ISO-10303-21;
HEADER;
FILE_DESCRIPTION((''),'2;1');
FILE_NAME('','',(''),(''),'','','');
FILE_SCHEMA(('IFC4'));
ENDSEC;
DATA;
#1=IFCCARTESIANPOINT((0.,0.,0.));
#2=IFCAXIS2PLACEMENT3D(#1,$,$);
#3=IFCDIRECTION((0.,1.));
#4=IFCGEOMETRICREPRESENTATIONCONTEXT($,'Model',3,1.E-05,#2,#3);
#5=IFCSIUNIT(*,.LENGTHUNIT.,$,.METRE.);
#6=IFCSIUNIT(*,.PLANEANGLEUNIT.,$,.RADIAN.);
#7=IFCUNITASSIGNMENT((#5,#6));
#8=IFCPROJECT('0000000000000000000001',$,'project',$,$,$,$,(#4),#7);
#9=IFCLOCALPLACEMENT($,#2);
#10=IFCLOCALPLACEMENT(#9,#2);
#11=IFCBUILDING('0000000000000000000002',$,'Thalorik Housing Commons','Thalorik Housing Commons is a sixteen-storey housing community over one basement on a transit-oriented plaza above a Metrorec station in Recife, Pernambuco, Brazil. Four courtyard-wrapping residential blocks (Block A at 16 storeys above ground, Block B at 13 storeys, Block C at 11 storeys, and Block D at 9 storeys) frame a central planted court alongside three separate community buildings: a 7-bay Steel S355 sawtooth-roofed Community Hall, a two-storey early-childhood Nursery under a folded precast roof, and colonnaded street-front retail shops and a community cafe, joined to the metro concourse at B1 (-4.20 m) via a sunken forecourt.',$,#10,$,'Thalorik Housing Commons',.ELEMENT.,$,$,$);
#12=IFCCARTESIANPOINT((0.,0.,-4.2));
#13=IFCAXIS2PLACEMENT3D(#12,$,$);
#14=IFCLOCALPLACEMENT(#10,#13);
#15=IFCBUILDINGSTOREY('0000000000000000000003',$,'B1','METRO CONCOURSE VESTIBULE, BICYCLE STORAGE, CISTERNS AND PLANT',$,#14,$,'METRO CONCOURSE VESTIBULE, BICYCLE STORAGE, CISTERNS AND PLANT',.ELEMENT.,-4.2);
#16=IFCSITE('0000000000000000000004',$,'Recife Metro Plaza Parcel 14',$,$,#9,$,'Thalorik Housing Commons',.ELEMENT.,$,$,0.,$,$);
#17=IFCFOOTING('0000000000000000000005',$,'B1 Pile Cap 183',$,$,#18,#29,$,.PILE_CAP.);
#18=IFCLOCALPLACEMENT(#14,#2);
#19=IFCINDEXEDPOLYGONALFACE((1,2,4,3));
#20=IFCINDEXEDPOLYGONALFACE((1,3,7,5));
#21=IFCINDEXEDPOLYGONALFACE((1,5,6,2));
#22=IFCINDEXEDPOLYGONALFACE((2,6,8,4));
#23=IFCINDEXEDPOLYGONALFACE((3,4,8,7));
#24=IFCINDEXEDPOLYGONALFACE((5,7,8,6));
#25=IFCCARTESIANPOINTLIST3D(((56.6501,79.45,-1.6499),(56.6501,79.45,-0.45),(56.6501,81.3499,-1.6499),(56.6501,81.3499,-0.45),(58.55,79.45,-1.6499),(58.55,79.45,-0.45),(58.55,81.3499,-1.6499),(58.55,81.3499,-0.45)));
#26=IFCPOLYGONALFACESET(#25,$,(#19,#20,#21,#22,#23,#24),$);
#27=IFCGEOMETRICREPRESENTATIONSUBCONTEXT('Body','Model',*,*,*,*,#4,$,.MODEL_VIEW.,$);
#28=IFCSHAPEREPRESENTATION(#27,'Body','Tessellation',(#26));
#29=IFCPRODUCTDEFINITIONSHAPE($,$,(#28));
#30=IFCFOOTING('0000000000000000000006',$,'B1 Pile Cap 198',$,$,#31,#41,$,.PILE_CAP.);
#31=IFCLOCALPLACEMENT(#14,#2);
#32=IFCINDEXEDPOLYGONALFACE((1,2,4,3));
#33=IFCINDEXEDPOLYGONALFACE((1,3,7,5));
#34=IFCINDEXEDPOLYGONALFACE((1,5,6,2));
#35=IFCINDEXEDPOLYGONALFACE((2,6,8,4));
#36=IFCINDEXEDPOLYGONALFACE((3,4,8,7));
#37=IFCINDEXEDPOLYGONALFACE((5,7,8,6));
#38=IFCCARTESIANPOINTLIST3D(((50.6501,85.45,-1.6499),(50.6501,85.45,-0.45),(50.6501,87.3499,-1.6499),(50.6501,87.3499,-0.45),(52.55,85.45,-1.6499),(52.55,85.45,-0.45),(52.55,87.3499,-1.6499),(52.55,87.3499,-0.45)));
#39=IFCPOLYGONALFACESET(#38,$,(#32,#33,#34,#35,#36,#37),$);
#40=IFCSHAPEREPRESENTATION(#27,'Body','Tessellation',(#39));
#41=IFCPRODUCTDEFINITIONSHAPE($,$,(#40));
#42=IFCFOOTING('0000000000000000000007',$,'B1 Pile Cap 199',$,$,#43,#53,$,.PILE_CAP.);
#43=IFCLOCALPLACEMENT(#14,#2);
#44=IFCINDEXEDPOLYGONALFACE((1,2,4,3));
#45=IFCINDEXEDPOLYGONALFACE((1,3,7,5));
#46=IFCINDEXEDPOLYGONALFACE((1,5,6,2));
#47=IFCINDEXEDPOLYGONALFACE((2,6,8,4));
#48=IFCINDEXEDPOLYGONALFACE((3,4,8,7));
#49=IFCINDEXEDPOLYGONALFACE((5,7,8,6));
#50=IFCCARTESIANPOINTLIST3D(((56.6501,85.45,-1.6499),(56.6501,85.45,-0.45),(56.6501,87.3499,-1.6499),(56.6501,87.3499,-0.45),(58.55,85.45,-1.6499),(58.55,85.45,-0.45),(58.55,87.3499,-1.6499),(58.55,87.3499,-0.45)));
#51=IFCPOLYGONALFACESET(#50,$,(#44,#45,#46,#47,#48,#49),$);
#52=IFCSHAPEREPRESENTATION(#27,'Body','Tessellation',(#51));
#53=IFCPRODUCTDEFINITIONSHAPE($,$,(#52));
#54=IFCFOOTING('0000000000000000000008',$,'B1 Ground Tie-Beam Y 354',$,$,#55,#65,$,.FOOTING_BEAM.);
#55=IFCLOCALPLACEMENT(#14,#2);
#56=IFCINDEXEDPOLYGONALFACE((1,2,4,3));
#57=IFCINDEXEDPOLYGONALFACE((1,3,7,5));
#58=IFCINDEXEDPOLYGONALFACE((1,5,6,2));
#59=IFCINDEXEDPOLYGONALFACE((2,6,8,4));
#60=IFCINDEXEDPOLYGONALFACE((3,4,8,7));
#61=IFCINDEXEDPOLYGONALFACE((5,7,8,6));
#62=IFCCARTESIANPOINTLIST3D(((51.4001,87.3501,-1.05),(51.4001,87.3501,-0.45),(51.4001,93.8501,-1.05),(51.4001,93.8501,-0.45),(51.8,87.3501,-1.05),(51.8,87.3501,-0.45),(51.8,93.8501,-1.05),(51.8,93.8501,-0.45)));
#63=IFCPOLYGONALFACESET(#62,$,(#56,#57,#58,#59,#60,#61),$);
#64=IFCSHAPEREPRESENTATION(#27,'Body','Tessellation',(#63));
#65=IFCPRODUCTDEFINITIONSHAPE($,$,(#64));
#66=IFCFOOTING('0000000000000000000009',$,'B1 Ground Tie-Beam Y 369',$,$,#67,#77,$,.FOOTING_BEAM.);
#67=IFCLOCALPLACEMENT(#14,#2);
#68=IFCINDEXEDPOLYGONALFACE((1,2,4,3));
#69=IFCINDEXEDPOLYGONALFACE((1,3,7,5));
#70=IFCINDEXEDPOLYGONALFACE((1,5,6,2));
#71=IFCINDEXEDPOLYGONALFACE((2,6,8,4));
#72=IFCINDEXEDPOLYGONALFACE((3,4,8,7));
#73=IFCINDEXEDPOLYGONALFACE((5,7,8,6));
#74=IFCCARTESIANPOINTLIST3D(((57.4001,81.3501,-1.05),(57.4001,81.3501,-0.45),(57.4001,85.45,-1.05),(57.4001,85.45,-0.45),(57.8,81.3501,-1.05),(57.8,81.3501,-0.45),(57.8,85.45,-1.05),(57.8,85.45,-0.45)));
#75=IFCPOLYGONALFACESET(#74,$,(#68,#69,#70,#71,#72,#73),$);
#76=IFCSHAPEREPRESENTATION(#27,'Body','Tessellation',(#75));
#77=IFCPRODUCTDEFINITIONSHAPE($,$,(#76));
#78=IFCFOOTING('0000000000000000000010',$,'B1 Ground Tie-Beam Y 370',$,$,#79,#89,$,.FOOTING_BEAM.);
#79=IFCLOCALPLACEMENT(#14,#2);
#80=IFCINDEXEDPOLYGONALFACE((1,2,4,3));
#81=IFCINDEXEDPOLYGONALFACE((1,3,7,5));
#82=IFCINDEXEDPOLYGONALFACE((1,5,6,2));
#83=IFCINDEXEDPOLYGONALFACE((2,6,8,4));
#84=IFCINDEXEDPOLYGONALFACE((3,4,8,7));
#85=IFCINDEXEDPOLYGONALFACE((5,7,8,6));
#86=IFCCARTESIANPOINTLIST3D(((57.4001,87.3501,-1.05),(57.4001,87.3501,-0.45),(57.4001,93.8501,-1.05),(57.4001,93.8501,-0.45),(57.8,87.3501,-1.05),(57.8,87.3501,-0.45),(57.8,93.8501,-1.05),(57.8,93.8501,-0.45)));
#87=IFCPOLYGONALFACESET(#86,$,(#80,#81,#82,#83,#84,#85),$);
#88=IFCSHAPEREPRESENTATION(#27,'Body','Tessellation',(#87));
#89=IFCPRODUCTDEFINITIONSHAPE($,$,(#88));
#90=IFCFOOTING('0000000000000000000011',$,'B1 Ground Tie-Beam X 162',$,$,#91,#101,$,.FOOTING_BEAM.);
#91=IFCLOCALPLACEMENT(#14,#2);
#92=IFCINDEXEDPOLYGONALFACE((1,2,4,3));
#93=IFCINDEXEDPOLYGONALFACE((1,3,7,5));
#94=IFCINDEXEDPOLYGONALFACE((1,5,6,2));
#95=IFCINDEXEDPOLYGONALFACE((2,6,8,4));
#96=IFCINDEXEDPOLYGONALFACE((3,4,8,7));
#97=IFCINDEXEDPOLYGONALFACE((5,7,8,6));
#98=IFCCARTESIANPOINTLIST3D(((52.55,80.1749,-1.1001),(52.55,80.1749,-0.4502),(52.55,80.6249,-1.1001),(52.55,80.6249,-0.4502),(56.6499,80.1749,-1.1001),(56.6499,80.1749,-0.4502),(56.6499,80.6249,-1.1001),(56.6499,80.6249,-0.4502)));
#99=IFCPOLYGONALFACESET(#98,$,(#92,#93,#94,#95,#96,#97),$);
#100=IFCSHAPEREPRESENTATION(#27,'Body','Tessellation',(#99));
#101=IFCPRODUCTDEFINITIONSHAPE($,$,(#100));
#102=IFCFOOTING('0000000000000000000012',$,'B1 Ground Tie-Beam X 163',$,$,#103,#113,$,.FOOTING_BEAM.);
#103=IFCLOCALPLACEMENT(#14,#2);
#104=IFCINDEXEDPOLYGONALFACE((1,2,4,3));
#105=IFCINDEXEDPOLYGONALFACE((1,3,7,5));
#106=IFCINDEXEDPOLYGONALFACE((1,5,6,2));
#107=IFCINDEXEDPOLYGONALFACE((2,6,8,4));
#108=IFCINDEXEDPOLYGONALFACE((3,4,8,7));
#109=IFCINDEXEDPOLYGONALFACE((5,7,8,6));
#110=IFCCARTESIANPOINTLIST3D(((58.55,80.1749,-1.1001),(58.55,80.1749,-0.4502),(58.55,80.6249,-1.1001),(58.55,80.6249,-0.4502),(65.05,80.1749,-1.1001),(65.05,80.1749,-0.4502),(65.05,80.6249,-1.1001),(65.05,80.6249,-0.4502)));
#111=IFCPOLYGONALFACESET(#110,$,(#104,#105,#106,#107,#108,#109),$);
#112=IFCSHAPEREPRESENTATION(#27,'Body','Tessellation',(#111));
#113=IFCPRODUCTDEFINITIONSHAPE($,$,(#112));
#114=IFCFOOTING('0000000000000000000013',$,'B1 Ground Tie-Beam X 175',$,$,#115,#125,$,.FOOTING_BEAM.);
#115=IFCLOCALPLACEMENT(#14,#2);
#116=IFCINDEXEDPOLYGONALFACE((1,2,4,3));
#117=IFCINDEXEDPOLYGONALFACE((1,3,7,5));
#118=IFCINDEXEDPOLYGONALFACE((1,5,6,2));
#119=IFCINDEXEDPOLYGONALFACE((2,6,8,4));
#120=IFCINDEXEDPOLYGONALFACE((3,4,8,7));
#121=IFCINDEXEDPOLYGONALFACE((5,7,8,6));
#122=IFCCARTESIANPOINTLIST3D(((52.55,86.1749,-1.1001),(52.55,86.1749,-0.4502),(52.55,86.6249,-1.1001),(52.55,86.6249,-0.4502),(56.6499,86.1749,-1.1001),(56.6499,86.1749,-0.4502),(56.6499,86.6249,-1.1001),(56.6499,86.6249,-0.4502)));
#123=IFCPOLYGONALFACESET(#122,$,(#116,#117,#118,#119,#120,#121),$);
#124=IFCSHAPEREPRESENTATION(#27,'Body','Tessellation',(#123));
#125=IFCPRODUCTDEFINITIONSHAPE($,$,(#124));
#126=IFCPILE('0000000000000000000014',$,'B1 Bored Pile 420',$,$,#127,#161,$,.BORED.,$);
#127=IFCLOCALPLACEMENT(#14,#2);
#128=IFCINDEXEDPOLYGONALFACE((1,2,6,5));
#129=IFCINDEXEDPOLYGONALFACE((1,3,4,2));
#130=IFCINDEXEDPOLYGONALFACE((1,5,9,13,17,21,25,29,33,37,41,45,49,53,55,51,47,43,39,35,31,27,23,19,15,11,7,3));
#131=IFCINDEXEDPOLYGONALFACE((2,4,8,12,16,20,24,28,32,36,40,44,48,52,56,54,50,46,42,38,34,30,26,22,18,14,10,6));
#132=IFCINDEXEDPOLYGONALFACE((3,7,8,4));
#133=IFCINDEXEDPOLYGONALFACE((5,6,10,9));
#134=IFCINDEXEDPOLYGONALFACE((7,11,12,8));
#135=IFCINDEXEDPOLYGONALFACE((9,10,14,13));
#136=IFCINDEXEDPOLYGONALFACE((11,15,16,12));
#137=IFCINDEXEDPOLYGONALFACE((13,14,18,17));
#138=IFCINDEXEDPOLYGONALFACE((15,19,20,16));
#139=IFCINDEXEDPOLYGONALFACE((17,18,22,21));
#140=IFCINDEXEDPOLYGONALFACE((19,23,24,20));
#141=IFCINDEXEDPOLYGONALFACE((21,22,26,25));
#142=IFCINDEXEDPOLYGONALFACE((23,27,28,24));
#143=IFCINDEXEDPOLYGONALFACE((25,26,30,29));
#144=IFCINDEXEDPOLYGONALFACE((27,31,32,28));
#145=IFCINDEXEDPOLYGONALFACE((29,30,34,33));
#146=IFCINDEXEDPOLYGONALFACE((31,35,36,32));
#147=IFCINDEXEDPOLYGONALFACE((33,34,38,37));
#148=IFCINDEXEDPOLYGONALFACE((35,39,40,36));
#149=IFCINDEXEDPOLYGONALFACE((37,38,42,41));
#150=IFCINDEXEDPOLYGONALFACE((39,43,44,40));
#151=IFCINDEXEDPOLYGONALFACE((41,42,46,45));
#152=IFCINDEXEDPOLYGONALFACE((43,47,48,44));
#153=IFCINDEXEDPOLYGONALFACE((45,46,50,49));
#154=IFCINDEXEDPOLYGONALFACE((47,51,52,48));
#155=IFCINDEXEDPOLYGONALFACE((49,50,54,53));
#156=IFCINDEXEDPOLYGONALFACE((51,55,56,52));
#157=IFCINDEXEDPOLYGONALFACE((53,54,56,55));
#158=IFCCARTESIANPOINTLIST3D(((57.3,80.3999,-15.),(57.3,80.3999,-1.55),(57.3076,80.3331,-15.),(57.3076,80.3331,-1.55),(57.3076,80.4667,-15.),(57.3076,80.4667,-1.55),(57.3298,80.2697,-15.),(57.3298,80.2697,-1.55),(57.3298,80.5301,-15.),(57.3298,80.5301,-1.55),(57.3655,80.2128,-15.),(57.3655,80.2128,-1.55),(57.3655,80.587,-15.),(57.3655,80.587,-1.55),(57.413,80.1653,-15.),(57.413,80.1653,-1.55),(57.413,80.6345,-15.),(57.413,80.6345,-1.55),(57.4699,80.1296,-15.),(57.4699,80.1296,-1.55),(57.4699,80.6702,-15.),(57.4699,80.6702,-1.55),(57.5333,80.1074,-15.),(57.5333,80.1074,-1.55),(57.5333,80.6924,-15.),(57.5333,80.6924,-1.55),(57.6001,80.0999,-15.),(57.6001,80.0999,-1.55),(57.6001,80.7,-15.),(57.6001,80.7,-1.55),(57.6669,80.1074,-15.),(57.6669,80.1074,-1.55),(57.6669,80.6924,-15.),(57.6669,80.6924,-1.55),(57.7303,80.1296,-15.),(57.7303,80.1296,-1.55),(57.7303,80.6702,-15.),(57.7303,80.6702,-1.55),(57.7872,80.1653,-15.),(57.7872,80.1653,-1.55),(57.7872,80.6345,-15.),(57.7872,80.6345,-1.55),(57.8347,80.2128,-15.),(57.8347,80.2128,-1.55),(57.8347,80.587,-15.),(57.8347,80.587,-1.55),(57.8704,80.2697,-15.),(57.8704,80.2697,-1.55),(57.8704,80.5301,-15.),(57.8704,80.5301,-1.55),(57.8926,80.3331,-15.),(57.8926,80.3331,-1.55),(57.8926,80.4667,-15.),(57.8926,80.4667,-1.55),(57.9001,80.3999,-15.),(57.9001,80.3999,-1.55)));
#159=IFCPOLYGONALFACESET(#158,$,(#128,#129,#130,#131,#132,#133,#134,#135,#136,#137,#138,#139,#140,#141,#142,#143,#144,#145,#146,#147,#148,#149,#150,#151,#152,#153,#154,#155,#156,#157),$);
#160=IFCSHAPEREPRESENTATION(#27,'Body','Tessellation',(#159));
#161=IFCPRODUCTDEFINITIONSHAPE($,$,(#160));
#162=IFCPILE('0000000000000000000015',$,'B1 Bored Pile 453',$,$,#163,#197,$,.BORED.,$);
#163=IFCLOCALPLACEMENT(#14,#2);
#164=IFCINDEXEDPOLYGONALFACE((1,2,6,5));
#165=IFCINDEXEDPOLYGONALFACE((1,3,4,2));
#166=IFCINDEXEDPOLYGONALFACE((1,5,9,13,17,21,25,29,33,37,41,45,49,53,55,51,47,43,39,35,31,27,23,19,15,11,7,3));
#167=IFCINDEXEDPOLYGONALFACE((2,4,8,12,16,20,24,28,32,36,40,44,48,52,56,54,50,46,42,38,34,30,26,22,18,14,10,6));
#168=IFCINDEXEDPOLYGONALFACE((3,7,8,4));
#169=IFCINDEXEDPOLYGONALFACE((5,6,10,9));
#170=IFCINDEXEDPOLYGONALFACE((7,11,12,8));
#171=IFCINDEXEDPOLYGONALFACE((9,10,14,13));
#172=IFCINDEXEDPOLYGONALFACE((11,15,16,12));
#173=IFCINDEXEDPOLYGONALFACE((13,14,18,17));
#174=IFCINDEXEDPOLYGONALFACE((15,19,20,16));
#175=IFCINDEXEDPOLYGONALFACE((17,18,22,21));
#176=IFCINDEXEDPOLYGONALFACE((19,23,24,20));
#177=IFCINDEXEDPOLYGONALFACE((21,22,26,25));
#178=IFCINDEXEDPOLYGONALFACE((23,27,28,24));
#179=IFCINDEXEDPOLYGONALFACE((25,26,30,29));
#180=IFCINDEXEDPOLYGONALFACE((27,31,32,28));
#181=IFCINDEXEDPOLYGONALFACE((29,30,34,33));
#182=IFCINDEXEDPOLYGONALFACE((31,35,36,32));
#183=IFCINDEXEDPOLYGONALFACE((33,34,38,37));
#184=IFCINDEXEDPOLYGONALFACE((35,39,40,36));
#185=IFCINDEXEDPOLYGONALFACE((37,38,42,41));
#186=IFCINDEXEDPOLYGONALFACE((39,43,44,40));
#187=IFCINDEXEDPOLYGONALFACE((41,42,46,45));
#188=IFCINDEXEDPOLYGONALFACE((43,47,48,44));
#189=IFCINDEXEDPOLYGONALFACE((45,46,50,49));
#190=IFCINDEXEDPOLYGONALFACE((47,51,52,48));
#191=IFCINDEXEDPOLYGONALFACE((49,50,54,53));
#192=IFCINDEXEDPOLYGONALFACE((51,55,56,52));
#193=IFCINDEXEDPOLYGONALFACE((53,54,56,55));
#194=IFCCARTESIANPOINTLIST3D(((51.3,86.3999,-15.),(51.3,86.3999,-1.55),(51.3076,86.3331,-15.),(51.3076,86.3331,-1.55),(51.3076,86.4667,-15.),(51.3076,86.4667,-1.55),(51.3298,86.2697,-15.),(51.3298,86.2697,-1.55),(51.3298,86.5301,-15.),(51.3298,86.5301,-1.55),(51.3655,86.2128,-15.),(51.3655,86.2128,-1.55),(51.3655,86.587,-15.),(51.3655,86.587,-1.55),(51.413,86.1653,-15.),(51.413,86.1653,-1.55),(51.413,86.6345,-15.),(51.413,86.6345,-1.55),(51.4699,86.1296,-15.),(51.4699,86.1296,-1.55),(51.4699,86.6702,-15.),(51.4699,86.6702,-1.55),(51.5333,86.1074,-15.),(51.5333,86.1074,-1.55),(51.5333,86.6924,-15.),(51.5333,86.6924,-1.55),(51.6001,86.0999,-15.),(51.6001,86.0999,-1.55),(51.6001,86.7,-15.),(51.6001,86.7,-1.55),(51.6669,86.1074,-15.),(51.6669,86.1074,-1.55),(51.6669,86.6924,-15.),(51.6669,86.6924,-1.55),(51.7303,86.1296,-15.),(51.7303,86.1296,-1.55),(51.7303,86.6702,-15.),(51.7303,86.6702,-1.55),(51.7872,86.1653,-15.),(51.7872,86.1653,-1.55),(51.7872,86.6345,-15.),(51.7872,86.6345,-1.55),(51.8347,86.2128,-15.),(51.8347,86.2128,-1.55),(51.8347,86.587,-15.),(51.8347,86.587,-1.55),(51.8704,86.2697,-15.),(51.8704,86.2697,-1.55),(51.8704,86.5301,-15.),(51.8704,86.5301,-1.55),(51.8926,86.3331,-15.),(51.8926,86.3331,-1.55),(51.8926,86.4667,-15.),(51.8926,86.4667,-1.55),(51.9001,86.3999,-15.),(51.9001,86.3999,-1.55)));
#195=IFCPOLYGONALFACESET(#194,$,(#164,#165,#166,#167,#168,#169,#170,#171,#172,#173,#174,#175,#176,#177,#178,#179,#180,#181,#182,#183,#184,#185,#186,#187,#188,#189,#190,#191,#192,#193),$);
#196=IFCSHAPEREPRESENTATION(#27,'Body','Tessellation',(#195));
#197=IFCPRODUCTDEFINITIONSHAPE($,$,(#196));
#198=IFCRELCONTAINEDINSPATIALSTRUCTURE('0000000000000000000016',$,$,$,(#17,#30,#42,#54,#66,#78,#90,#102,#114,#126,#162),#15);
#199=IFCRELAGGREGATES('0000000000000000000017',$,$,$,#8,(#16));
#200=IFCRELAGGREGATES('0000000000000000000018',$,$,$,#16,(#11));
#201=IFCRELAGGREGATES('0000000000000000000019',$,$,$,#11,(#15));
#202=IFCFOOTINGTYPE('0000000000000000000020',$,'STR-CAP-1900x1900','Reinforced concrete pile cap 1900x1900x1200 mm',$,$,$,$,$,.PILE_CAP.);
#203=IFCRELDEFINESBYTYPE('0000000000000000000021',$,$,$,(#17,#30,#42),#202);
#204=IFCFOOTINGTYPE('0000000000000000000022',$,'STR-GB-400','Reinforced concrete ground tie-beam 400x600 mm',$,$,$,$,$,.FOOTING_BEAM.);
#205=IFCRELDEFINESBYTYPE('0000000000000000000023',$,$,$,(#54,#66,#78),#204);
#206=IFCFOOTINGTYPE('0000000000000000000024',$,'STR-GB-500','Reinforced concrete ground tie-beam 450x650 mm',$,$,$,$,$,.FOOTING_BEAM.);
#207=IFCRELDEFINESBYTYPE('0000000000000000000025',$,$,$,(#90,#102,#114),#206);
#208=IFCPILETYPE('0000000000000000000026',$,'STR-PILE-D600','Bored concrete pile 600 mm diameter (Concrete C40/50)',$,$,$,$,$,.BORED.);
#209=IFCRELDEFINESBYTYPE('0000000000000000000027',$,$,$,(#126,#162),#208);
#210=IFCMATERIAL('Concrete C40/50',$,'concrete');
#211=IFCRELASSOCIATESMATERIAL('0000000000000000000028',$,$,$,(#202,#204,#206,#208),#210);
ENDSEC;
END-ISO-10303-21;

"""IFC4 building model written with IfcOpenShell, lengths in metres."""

from ifc_helpers import new_model, si_unit, direction, frame, origin, origin_2d, place, context, subcontext, project, spatial, rectangle, circle, extrude, material, material_profile, profile_set, type_object, element, save


model = new_model("IFC4")

# Units and contexts
model_context = context("Model", 3, precision=1e-05, world=origin(), true_north=direction((0.0, 1.0)))
body_context = subcontext(model_context, "Body", "Model", "MODEL_VIEW")
ifc_project = project(units=[si_unit("LENGTHUNIT", "METRE"), si_unit("PLANEANGLEUNIT", "RADIAN")], contexts=[model_context])

# Site, building, storey
site_placement = place(None, origin())
site = spatial("IfcSite", under=ifc_project, at=site_placement, Name="Recife Metro Plaza Parcel 14", LongName="Thalorik Housing Commons", CompositionType="ELEMENT", RefElevation=0.0)
building_placement = place(site_placement, origin())
building = spatial("IfcBuilding", under=site, at=building_placement, Name="Thalorik Housing Commons", Description="Thalorik Housing Commons is a sixteen-storey housing community over one basement on a transit-oriented plaza above a Metrorec station in Recife, Pernambuco, Brazil. Four courtyard-wrapping residential blocks (Block A at 16 storeys above ground, Block B at 13 storeys, Block C at 11 storeys, and Block D at 9 storeys) frame a central planted court alongside three separate community buildings: a 7-bay Steel S355 sawtooth-roofed Community Hall, a two-storey early-childhood Nursery under a folded precast roof, and colonnaded street-front retail shops and a community cafe, joined to the metro concourse at B1 (-4.20 m) via a sunken forecourt.", LongName="Thalorik Housing Commons", CompositionType="ELEMENT")
storey_placement = place(building_placement, frame((0.0, 0.0, -4.2)))
storey = spatial("IfcBuildingStorey", under=building, at=storey_placement, Name="B1", Description="METRO CONCOURSE VESTIBULE, BICYCLE STORAGE, CISTERNS AND PLANT", LongName="METRO CONCOURSE VESTIBULE, BICYCLE STORAGE, CISTERNS AND PLANT", CompositionType="ELEMENT", Elevation=-4.2)

# Footings
ifc_material_1 = material(Name="Concrete C40/50", Category="concrete")
footing_type_1 = type_object("IfcFootingType", Name="STR-CAP-1900x1900", Description="Reinforced concrete pile cap 1900x1900x1200 mm", PredefinedType="PILE_CAP", material=ifc_material_1)
for number, where, z_axis, x_axis, name in (
    (1, (57.6001, 80.3999, -1.6499), (0.0, 0.0, 1.0), (1.0, 0.0, 0.0), "B1 Pile Cap 183"),
    (2, (51.6001, 86.3999, -1.6499), (0.0, 0.0, 1.0), (1.0, 0.0, 0.0), "B1 Pile Cap 198"),
    (3, (57.6001, 86.3999, -1.6499), (0.0, 0.0, 1.0), (1.0, 0.0, 0.0), "B1 Pile Cap 199"),
):
    element("IfcFooting", number, at=place(storey_placement, frame(where, z_axis=z_axis, x_axis=x_axis)), inside=storey, type_object=footing_type_1, Name=name, PredefinedType="PILE_CAP", context=body_context, shape_type="SweptSolid", body=[
        extrude(rectangle(XDim=1.8999, YDim=1.8999, at=origin_2d()), origin(), (0.0, 0.0, 1.0), 1.2),
    ])
ifc_material_profile_1 = material_profile(ifc_material_1, rectangle(XDim=0.3999, YDim=0.6001, at=origin_2d()), Name="RC 400x600", Category="concrete")
ifc_profile_set_1 = profile_set([ifc_material_profile_1], Name="Concrete C40/50")
footing_type_2 = type_object("IfcFootingType", Name="STR-GB-400", Description="Reinforced concrete ground tie-beam 400x600 mm", PredefinedType="FOOTING_BEAM", material=ifc_profile_set_1)
footing_1_placement = place(storey_placement, frame((51.6001, 87.3501, -0.75), z_axis=(0.0, 1.0, 0.0), x_axis=(-1.0, 0.0, 0.0)))
element("IfcFooting", 4, at=footing_1_placement, inside=storey, type_object=footing_type_2, Name="B1 Ground Tie-Beam Y 354", PredefinedType="FOOTING_BEAM", context=body_context, shape_type="SweptSolid", body=[
    extrude(rectangle(XDim=0.3999, YDim=0.6001, at=origin_2d()), origin(), (0.0, 0.0, 1.0), 6.5),
])
footing_2_placement = place(storey_placement, frame((57.6001, 81.3501, -0.75), z_axis=(0.0, 1.0, 0.0), x_axis=(-1.0, 0.0, 0.0)))
element("IfcFooting", 5, at=footing_2_placement, inside=storey, type_object=footing_type_2, Name="B1 Ground Tie-Beam Y 369", PredefinedType="FOOTING_BEAM", context=body_context, shape_type="SweptSolid", body=[
    extrude(rectangle(XDim=0.3999, YDim=0.6001, at=origin_2d()), origin(), (0.0, 0.0, 1.0), 4.0999),
])
footing_3_placement = place(storey_placement, frame((57.6001, 87.3501, -0.75), z_axis=(0.0, 1.0, 0.0), x_axis=(-1.0, 0.0, 0.0)))
element("IfcFooting", 6, at=footing_3_placement, inside=storey, type_object=footing_type_2, Name="B1 Ground Tie-Beam Y 370", PredefinedType="FOOTING_BEAM", context=body_context, shape_type="SweptSolid", body=[
    extrude(rectangle(XDim=0.3999, YDim=0.6001, at=origin_2d()), origin(), (0.0, 0.0, 1.0), 6.5),
])
ifc_material_profile_2 = material_profile(ifc_material_1, rectangle(XDim=0.45, YDim=0.6499, at=origin_2d()), Name="RC 450x650", Category="concrete")
ifc_profile_set_2 = profile_set([ifc_material_profile_2], Name="Concrete C40/50")
footing_type_3 = type_object("IfcFootingType", Name="STR-GB-500", Description="Reinforced concrete ground tie-beam 450x650 mm", PredefinedType="FOOTING_BEAM", material=ifc_profile_set_2)
footing_4_placement = place(storey_placement, frame((52.55, 80.3999, -0.7751), z_axis=(1.0, 0.0, 0.0), x_axis=(0.0, 1.0, 0.0)))
element("IfcFooting", 7, at=footing_4_placement, inside=storey, type_object=footing_type_3, Name="B1 Ground Tie-Beam X 162", PredefinedType="FOOTING_BEAM", context=body_context, shape_type="SweptSolid", body=[
    extrude(rectangle(XDim=0.45, YDim=0.6499, at=origin_2d()), origin(), (0.0, 0.0, 1.0), 4.0999),
])
footing_5_placement = place(storey_placement, frame((58.55, 80.3999, -0.7751), z_axis=(1.0, 0.0, 0.0), x_axis=(0.0, 1.0, 0.0)))
element("IfcFooting", 8, at=footing_5_placement, inside=storey, type_object=footing_type_3, Name="B1 Ground Tie-Beam X 163", PredefinedType="FOOTING_BEAM", context=body_context, shape_type="SweptSolid", body=[
    extrude(rectangle(XDim=0.45, YDim=0.6499, at=origin_2d()), origin(), (0.0, 0.0, 1.0), 6.5),
])
footing_6_placement = place(storey_placement, frame((52.55, 86.3999, -0.7751), z_axis=(1.0, 0.0, 0.0), x_axis=(0.0, 1.0, 0.0)))
element("IfcFooting", 9, at=footing_6_placement, inside=storey, type_object=footing_type_3, Name="B1 Ground Tie-Beam X 175", PredefinedType="FOOTING_BEAM", context=body_context, shape_type="SweptSolid", body=[
    extrude(rectangle(XDim=0.45, YDim=0.6499, at=origin_2d()), origin(), (0.0, 0.0, 1.0), 4.0999),
])

# Piles
ifc_material_profile_3 = material_profile(ifc_material_1, circle(Radius=0.3, at=origin_2d()), Name="BORED PILE D600", Category="concrete")
ifc_profile_set_3 = profile_set([ifc_material_profile_3], Name="Concrete C40/50")
pile_type = type_object("IfcPileType", Name="STR-PILE-D600", Description="Bored concrete pile 600 mm diameter (Concrete C40/50)", PredefinedType="BORED", material=ifc_profile_set_3)
for number, where, z_axis, x_axis, name in (
    (10, (57.6001, 80.3999, -1.55), (0.0, 0.0, -1.0), (1.0, 0.0, 0.0), "B1 Bored Pile 420"),
    (11, (51.6001, 86.3999, -1.55), (0.0, 0.0, -1.0), (1.0, 0.0, 0.0), "B1 Bored Pile 453"),
):
    element("IfcPile", number, at=place(storey_placement, frame(where, z_axis=z_axis, x_axis=x_axis)), inside=storey, type_object=pile_type, Name=name, PredefinedType="BORED", context=body_context, shape_type="SweptSolid", body=[
        extrude(circle(Radius=0.3, at=origin_2d()), origin(), (0.0, 0.0, 1.0), 13.45),
    ])

save(model, "model.ifc")
